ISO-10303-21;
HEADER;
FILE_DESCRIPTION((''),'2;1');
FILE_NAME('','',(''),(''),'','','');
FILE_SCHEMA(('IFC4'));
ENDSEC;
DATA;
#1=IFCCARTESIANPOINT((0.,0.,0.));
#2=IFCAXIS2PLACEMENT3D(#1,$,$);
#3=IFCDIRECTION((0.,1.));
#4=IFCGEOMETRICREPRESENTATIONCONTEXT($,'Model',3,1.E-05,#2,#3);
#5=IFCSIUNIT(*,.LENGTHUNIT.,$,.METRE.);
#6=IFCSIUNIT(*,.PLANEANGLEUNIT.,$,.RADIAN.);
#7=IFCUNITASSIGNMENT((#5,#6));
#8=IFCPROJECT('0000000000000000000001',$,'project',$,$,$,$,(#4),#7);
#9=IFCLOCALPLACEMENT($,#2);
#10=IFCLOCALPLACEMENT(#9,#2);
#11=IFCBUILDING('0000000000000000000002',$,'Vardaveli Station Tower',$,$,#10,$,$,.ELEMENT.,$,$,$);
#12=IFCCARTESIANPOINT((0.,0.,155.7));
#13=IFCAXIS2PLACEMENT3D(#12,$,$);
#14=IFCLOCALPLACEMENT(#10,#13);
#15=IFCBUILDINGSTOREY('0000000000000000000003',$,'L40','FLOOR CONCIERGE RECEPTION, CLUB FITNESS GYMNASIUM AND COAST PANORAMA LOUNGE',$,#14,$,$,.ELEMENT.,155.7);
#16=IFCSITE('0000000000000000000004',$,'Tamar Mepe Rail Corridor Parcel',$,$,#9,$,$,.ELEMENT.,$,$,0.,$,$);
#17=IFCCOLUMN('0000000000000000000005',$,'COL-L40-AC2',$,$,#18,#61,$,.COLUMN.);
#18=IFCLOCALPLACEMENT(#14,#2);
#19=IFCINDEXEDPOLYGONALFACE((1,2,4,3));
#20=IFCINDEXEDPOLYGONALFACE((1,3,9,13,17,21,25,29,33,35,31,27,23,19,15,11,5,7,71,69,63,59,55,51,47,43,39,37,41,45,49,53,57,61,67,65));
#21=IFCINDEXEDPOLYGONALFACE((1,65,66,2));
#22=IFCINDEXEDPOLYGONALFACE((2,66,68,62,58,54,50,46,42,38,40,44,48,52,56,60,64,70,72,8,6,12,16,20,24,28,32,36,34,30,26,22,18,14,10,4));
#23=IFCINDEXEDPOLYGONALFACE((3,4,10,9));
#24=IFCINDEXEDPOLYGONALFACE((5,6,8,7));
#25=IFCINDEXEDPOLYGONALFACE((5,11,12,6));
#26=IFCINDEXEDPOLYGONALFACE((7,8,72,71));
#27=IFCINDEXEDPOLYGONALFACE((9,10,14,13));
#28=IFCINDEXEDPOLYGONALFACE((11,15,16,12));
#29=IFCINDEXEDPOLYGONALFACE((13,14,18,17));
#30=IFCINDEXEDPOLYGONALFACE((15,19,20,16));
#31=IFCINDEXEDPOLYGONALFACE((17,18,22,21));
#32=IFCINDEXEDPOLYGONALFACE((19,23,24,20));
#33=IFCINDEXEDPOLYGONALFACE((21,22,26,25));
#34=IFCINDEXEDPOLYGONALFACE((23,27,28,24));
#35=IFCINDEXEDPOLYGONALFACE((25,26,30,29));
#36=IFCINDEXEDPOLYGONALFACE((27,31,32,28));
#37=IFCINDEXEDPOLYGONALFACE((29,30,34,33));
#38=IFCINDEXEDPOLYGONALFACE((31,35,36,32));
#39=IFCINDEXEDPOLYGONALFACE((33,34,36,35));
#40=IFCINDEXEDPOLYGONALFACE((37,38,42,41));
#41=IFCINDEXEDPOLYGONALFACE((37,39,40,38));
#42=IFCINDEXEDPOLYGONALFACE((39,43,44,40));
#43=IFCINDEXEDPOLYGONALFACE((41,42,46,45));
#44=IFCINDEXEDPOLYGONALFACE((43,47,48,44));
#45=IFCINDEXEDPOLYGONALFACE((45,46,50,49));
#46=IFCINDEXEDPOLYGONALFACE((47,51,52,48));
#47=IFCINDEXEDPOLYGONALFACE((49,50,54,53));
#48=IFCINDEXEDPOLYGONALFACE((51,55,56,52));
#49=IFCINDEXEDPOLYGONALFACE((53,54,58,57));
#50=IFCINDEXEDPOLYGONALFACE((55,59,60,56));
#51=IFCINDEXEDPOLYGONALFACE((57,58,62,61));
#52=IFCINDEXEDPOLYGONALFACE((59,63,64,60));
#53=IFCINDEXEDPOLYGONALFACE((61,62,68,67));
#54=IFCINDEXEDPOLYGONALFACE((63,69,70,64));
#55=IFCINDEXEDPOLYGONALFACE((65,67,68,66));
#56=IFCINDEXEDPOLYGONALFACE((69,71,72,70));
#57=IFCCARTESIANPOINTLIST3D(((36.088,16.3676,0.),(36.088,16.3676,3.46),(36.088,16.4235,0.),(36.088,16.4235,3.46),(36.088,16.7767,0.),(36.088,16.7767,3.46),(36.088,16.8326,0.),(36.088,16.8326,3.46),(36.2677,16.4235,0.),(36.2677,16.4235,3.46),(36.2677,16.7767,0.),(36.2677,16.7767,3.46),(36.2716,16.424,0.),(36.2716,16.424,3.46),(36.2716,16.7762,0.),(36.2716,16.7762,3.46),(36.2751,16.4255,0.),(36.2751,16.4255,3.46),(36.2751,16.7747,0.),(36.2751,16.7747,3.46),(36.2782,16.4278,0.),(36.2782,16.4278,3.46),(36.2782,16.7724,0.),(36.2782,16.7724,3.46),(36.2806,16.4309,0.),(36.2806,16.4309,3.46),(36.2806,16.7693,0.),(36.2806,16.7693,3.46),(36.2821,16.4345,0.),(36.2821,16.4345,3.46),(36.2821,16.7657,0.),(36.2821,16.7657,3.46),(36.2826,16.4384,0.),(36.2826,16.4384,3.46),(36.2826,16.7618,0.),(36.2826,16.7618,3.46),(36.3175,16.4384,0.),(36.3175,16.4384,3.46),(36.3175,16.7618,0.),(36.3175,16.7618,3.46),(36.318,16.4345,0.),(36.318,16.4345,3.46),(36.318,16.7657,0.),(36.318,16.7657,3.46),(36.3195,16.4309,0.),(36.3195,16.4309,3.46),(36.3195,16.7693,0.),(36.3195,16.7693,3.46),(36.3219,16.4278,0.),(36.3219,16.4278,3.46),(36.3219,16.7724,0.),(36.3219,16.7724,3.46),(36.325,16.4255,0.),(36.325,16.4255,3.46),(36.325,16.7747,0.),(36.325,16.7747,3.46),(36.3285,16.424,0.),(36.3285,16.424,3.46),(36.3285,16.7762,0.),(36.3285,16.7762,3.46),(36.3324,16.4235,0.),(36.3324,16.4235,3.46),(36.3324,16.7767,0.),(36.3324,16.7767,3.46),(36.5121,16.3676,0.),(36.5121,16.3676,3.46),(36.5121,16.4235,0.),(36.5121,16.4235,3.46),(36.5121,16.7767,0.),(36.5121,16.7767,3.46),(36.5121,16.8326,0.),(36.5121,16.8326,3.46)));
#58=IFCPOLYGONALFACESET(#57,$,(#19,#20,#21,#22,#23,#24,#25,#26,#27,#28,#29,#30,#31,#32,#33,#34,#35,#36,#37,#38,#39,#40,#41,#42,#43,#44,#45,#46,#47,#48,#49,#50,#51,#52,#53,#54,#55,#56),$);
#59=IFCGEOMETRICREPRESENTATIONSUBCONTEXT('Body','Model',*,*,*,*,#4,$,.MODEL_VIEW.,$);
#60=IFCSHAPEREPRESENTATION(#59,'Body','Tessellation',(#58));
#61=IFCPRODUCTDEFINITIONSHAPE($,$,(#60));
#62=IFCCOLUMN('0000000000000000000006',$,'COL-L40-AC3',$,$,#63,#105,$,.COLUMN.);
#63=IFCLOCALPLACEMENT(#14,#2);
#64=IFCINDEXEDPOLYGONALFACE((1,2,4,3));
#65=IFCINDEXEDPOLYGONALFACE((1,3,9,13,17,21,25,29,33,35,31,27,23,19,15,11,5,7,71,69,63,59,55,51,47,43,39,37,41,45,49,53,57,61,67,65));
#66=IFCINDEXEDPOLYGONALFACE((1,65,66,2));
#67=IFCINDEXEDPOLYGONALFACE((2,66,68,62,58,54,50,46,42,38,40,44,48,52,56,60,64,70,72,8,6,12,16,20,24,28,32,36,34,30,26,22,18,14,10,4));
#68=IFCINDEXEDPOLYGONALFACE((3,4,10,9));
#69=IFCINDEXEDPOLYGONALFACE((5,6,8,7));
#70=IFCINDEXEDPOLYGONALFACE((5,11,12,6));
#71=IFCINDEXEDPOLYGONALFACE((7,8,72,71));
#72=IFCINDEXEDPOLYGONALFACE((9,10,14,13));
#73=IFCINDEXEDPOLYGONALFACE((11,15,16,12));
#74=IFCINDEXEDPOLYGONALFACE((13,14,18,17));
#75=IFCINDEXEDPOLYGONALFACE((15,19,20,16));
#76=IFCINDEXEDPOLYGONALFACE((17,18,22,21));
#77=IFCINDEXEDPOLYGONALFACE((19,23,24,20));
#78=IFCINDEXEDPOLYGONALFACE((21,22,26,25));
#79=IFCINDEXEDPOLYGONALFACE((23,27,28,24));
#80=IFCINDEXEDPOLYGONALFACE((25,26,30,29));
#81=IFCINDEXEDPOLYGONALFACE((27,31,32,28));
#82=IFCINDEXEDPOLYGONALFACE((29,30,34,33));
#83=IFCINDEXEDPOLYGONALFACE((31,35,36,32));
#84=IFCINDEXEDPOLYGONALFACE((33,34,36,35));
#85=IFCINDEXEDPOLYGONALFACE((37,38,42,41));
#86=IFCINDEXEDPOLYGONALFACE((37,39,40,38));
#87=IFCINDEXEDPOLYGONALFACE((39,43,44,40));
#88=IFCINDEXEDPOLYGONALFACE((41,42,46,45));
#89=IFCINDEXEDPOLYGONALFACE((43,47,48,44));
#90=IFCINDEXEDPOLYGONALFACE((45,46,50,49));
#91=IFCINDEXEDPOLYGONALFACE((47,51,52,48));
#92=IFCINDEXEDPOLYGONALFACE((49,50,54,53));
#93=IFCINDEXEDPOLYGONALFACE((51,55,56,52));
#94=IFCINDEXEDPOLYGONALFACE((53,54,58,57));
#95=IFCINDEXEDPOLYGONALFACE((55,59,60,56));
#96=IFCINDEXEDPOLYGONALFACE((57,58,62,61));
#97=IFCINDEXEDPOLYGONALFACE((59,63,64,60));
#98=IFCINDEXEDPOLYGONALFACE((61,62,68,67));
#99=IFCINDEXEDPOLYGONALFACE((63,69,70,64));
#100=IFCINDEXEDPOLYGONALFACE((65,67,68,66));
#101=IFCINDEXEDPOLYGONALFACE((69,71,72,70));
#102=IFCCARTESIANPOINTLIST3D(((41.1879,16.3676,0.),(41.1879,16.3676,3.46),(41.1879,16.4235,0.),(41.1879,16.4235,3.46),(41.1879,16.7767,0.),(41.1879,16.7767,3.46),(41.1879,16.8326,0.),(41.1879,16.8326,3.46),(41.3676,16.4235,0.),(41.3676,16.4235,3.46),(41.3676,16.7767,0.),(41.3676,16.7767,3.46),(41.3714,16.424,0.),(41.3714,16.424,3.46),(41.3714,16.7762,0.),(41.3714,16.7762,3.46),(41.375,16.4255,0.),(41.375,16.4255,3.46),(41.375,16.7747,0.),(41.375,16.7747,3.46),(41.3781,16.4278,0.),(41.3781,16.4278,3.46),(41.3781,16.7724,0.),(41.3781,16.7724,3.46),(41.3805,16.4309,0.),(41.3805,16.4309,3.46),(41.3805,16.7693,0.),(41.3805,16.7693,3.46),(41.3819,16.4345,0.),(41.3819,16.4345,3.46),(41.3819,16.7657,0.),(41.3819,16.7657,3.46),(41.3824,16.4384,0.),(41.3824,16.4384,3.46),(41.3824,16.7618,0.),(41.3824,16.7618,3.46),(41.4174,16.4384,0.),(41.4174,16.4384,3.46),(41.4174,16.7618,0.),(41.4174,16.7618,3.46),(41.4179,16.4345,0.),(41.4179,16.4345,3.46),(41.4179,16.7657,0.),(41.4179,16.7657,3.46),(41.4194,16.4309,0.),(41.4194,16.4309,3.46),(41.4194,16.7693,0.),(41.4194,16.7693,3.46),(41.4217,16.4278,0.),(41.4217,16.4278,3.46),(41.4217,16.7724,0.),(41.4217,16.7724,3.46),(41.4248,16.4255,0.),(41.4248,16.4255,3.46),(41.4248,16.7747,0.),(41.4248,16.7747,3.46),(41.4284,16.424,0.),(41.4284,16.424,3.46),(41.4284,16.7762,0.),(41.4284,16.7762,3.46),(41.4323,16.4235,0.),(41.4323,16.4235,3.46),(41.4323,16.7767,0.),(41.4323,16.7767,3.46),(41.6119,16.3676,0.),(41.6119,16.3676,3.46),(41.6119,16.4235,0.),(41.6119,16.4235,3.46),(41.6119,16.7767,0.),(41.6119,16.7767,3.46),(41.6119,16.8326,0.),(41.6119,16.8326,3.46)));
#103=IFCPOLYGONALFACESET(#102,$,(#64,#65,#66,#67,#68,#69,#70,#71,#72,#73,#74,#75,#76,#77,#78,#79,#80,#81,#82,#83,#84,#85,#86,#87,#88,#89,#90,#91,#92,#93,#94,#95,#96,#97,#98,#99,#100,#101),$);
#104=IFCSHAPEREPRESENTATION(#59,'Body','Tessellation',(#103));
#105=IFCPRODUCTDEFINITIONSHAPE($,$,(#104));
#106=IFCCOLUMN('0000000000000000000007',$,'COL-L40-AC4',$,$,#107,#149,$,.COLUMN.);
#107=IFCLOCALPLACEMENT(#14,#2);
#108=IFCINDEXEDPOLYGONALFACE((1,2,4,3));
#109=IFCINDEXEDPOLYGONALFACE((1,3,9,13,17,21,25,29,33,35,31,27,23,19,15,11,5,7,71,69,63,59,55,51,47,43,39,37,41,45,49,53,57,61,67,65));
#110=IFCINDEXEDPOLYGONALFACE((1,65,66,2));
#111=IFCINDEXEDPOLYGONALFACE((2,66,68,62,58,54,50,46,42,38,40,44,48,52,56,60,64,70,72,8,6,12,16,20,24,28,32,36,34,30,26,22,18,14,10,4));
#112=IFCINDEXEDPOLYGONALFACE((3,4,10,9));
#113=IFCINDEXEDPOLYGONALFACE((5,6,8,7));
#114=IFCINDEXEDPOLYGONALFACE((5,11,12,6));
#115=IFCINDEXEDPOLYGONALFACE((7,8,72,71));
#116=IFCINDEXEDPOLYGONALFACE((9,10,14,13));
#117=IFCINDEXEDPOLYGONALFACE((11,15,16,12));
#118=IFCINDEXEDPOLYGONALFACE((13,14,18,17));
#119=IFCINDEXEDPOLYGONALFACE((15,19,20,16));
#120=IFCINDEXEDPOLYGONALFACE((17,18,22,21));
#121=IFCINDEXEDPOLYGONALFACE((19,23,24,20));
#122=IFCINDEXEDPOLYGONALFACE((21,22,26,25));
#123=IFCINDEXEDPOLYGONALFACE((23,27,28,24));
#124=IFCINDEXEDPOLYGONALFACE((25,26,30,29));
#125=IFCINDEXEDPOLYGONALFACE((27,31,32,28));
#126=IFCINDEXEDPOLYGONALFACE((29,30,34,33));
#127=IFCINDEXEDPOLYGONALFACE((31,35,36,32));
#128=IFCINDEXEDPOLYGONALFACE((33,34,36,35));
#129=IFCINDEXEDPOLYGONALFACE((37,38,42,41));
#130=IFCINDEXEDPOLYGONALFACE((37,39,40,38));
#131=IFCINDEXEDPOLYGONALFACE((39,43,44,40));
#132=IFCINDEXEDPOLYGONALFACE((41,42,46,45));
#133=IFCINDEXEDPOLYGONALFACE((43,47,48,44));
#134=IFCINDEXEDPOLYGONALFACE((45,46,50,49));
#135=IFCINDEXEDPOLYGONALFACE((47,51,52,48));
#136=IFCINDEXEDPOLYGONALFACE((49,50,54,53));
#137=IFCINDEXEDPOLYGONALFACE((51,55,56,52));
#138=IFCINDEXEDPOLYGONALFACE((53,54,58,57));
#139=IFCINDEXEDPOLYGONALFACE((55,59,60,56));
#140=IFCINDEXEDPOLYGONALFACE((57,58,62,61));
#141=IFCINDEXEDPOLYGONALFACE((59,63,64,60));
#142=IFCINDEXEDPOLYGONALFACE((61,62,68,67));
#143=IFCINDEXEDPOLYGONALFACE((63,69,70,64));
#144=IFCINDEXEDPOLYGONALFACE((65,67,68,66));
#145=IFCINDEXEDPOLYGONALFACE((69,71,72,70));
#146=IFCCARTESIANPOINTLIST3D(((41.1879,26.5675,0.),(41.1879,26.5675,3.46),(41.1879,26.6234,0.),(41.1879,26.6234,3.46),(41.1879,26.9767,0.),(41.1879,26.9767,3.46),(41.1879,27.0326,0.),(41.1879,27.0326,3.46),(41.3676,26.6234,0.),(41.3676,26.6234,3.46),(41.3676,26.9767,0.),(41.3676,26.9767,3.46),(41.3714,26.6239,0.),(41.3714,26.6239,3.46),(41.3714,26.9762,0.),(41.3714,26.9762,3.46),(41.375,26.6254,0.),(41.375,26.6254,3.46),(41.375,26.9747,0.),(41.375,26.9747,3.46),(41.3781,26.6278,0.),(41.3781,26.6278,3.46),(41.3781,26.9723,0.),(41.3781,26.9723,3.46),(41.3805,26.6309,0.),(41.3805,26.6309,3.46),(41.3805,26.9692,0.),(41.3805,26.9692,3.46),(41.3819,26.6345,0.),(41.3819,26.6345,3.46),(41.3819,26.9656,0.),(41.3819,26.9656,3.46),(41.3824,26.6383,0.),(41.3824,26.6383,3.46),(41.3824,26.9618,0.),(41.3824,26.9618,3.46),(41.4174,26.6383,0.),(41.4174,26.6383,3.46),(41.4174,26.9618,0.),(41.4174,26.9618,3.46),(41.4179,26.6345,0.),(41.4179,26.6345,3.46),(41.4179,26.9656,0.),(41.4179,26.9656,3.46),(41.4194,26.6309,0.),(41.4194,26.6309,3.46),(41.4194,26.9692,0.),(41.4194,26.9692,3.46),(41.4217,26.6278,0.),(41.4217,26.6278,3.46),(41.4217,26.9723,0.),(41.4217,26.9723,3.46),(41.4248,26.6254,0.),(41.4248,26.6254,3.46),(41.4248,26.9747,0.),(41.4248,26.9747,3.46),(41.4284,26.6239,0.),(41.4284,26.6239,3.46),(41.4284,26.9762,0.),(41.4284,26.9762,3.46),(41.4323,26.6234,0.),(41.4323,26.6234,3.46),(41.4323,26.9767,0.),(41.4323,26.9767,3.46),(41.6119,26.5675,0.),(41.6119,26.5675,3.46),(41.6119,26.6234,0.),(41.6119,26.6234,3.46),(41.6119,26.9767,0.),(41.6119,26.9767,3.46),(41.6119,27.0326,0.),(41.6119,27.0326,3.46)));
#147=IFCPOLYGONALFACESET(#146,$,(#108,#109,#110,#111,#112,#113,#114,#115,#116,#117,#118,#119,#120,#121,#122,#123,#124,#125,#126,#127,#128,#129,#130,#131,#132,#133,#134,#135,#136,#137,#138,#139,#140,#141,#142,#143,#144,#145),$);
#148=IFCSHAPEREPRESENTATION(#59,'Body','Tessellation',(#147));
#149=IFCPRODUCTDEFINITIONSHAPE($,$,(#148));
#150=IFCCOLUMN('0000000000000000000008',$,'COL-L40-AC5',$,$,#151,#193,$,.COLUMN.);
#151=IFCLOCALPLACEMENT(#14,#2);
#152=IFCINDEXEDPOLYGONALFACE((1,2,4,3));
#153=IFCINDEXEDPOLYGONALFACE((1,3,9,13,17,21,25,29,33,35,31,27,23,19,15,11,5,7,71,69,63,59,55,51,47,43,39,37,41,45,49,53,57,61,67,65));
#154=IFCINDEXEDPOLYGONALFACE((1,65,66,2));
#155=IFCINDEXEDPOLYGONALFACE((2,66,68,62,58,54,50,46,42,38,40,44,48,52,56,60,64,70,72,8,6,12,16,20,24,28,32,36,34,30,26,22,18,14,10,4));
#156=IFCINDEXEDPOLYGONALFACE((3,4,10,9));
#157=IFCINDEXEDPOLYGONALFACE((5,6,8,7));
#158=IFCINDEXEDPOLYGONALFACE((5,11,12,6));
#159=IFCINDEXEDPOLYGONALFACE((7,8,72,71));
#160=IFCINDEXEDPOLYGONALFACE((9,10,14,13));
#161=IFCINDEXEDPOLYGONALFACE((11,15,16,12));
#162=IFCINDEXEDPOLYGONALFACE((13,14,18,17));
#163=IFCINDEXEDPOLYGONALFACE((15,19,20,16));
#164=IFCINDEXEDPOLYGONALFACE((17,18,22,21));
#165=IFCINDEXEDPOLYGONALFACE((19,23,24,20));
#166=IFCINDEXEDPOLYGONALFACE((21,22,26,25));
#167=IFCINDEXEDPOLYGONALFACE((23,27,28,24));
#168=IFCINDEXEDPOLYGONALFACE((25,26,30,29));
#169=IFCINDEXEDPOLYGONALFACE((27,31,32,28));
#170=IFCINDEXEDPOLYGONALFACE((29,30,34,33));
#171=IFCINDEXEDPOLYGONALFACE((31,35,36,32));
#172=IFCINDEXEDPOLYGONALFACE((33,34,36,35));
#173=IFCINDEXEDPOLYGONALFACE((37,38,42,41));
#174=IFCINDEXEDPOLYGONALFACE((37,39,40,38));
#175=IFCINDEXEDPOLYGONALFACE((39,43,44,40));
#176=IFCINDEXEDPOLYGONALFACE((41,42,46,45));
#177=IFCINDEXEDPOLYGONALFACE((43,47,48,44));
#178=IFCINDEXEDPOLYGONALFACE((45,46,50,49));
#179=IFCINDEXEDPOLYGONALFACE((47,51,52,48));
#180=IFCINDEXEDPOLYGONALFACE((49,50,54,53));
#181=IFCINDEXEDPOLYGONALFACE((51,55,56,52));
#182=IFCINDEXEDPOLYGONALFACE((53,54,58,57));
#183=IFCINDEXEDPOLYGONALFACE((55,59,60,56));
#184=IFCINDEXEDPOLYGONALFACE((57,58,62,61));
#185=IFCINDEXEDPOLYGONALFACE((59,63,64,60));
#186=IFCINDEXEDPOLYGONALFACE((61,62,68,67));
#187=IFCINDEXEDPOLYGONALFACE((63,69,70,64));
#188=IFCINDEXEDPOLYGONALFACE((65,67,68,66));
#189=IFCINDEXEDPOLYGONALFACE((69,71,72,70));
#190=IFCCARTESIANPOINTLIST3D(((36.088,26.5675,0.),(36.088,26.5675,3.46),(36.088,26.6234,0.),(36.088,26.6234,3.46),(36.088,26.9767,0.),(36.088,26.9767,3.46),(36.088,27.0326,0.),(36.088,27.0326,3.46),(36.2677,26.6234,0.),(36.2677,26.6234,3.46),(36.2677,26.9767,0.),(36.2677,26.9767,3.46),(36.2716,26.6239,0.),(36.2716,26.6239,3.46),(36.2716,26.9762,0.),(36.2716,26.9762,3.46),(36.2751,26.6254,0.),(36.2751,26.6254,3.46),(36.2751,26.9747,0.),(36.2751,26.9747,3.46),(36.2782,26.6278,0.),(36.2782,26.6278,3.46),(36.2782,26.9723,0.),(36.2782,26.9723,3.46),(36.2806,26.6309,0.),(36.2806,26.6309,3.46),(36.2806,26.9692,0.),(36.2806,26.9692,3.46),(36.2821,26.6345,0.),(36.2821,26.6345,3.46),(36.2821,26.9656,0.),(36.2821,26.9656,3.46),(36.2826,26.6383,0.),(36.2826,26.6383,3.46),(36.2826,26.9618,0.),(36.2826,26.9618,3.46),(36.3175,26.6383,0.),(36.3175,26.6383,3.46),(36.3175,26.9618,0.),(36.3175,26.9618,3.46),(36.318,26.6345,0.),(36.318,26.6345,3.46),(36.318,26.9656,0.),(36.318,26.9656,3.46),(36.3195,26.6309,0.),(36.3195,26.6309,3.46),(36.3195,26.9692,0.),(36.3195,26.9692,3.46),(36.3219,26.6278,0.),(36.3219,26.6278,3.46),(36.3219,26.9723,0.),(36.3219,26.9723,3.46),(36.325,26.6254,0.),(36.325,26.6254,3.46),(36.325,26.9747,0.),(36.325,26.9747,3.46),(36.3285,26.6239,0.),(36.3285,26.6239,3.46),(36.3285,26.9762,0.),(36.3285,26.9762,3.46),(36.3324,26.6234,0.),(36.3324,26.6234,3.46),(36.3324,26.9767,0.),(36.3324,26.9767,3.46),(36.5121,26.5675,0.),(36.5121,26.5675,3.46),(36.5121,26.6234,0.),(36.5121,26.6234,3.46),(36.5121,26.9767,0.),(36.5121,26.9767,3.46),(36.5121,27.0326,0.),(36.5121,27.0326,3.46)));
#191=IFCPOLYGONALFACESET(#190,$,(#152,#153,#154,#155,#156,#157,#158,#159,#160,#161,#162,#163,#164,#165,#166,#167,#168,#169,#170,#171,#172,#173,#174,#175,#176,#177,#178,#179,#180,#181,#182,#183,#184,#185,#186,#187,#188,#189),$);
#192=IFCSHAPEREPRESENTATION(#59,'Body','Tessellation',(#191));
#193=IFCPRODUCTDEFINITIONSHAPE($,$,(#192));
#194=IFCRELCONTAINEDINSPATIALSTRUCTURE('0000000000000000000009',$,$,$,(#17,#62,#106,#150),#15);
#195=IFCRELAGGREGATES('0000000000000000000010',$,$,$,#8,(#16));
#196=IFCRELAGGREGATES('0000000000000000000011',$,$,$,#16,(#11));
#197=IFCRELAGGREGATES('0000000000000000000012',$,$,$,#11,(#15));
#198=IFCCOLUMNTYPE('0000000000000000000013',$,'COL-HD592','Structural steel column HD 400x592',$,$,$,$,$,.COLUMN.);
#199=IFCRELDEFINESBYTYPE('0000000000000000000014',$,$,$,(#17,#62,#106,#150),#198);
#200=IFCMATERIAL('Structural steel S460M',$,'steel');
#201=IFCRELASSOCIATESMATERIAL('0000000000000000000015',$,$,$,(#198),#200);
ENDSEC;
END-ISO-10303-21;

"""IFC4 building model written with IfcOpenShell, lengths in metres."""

from ifc_helpers import new_model, si_unit, direction, frame, origin, origin_2d, place, context, subcontext, project, spatial, i_section, extrude, source, transform, mapped, material, material_profile, profile_set, type_object, element, save


model = new_model("IFC4")

# Units and contexts
model_context = context("Model", 3, precision=1e-05, world=origin(), true_north=direction((0.0, 1.0)))
body_context = subcontext(model_context, "Body", "Model", "MODEL_VIEW")
ifc_project = project(units=[si_unit("LENGTHUNIT", "METRE"), si_unit("PLANEANGLEUNIT", "RADIAN")], contexts=[model_context])

# Site, building, storey
site_placement = place(None, origin())
site = spatial("IfcSite", under=ifc_project, at=site_placement, Name="Tamar Mepe Rail Corridor Parcel", CompositionType="ELEMENT", RefElevation=0.0)
building_placement = place(site_placement, origin())
building = spatial("IfcBuilding", under=site, at=building_placement, Name="Vardaveli Station Tower", CompositionType="ELEMENT")
storey_placement = place(building_placement, frame((0.0, 0.0, 155.7)))
storey = spatial("IfcBuildingStorey", under=building, at=storey_placement, Name="L40", Description="FLOOR CONCIERGE RECEPTION, CLUB FITNESS GYMNASIUM AND COAST PANORAMA LOUNGE", CompositionType="ELEMENT", Elevation=155.7)

# Columns
ifc_material_1 = material(Name="Structural steel S460M", Category="steel")
ifc_material_profile_1 = material_profile(ifc_material_1, i_section(OverallWidth=0.4241, OverallDepth=0.4651, WebThickness=0.0349, FlangeThickness=0.0559, FilletRadius=0.0149, at=origin_2d()), Name="HD 400x592")
ifc_profile_set_1 = profile_set([ifc_material_profile_1], Name="Structural steel S460M")
column_type = type_object("IfcColumnType", Name="COL-HD592", Description="Structural steel column HD 400x592", PredefinedType="COLUMN", material=ifc_profile_set_1)
shared_shape_1 = source(origin(), body_context, "Body", "SweptSolid", [
    extrude(i_section(OverallWidth=0.4241, OverallDepth=0.4651, WebThickness=0.0349, FlangeThickness=0.0559, FilletRadius=0.0149, at=origin_2d()), origin(), (0.0, 0.0, 1.0), 3.46),
])
for number, where, z_axis, x_axis, name in (
    (1, (36.3, 16.6001, 0.0), (0.0, 0.0, 1.0), (1.0, 0.0, 0.0), "COL-L40-AC2"),
    (2, (41.3999, 16.6001, 0.0), (0.0, 0.0, 1.0), (1.0, 0.0, 0.0), "COL-L40-AC3"),
    (3, (41.3999, 26.8, 0.0), (0.0, 0.0, 1.0), (1.0, 0.0, 0.0), "COL-L40-AC4"),
    (4, (36.3, 26.8, 0.0), (0.0, 0.0, 1.0), (1.0, 0.0, 0.0), "COL-L40-AC5"),
):
    element("IfcColumn", number, at=place(storey_placement, frame(where, z_axis=z_axis, x_axis=x_axis)), inside=storey, type_object=column_type, Name=name, PredefinedType="COLUMN", context=body_context, shape_type="MappedRepresentation", body=[
        mapped(shared_shape_1, transform((0.0, 0.0, 0.0), scale=1.0)),
    ])

save(model, "model.ifc")
